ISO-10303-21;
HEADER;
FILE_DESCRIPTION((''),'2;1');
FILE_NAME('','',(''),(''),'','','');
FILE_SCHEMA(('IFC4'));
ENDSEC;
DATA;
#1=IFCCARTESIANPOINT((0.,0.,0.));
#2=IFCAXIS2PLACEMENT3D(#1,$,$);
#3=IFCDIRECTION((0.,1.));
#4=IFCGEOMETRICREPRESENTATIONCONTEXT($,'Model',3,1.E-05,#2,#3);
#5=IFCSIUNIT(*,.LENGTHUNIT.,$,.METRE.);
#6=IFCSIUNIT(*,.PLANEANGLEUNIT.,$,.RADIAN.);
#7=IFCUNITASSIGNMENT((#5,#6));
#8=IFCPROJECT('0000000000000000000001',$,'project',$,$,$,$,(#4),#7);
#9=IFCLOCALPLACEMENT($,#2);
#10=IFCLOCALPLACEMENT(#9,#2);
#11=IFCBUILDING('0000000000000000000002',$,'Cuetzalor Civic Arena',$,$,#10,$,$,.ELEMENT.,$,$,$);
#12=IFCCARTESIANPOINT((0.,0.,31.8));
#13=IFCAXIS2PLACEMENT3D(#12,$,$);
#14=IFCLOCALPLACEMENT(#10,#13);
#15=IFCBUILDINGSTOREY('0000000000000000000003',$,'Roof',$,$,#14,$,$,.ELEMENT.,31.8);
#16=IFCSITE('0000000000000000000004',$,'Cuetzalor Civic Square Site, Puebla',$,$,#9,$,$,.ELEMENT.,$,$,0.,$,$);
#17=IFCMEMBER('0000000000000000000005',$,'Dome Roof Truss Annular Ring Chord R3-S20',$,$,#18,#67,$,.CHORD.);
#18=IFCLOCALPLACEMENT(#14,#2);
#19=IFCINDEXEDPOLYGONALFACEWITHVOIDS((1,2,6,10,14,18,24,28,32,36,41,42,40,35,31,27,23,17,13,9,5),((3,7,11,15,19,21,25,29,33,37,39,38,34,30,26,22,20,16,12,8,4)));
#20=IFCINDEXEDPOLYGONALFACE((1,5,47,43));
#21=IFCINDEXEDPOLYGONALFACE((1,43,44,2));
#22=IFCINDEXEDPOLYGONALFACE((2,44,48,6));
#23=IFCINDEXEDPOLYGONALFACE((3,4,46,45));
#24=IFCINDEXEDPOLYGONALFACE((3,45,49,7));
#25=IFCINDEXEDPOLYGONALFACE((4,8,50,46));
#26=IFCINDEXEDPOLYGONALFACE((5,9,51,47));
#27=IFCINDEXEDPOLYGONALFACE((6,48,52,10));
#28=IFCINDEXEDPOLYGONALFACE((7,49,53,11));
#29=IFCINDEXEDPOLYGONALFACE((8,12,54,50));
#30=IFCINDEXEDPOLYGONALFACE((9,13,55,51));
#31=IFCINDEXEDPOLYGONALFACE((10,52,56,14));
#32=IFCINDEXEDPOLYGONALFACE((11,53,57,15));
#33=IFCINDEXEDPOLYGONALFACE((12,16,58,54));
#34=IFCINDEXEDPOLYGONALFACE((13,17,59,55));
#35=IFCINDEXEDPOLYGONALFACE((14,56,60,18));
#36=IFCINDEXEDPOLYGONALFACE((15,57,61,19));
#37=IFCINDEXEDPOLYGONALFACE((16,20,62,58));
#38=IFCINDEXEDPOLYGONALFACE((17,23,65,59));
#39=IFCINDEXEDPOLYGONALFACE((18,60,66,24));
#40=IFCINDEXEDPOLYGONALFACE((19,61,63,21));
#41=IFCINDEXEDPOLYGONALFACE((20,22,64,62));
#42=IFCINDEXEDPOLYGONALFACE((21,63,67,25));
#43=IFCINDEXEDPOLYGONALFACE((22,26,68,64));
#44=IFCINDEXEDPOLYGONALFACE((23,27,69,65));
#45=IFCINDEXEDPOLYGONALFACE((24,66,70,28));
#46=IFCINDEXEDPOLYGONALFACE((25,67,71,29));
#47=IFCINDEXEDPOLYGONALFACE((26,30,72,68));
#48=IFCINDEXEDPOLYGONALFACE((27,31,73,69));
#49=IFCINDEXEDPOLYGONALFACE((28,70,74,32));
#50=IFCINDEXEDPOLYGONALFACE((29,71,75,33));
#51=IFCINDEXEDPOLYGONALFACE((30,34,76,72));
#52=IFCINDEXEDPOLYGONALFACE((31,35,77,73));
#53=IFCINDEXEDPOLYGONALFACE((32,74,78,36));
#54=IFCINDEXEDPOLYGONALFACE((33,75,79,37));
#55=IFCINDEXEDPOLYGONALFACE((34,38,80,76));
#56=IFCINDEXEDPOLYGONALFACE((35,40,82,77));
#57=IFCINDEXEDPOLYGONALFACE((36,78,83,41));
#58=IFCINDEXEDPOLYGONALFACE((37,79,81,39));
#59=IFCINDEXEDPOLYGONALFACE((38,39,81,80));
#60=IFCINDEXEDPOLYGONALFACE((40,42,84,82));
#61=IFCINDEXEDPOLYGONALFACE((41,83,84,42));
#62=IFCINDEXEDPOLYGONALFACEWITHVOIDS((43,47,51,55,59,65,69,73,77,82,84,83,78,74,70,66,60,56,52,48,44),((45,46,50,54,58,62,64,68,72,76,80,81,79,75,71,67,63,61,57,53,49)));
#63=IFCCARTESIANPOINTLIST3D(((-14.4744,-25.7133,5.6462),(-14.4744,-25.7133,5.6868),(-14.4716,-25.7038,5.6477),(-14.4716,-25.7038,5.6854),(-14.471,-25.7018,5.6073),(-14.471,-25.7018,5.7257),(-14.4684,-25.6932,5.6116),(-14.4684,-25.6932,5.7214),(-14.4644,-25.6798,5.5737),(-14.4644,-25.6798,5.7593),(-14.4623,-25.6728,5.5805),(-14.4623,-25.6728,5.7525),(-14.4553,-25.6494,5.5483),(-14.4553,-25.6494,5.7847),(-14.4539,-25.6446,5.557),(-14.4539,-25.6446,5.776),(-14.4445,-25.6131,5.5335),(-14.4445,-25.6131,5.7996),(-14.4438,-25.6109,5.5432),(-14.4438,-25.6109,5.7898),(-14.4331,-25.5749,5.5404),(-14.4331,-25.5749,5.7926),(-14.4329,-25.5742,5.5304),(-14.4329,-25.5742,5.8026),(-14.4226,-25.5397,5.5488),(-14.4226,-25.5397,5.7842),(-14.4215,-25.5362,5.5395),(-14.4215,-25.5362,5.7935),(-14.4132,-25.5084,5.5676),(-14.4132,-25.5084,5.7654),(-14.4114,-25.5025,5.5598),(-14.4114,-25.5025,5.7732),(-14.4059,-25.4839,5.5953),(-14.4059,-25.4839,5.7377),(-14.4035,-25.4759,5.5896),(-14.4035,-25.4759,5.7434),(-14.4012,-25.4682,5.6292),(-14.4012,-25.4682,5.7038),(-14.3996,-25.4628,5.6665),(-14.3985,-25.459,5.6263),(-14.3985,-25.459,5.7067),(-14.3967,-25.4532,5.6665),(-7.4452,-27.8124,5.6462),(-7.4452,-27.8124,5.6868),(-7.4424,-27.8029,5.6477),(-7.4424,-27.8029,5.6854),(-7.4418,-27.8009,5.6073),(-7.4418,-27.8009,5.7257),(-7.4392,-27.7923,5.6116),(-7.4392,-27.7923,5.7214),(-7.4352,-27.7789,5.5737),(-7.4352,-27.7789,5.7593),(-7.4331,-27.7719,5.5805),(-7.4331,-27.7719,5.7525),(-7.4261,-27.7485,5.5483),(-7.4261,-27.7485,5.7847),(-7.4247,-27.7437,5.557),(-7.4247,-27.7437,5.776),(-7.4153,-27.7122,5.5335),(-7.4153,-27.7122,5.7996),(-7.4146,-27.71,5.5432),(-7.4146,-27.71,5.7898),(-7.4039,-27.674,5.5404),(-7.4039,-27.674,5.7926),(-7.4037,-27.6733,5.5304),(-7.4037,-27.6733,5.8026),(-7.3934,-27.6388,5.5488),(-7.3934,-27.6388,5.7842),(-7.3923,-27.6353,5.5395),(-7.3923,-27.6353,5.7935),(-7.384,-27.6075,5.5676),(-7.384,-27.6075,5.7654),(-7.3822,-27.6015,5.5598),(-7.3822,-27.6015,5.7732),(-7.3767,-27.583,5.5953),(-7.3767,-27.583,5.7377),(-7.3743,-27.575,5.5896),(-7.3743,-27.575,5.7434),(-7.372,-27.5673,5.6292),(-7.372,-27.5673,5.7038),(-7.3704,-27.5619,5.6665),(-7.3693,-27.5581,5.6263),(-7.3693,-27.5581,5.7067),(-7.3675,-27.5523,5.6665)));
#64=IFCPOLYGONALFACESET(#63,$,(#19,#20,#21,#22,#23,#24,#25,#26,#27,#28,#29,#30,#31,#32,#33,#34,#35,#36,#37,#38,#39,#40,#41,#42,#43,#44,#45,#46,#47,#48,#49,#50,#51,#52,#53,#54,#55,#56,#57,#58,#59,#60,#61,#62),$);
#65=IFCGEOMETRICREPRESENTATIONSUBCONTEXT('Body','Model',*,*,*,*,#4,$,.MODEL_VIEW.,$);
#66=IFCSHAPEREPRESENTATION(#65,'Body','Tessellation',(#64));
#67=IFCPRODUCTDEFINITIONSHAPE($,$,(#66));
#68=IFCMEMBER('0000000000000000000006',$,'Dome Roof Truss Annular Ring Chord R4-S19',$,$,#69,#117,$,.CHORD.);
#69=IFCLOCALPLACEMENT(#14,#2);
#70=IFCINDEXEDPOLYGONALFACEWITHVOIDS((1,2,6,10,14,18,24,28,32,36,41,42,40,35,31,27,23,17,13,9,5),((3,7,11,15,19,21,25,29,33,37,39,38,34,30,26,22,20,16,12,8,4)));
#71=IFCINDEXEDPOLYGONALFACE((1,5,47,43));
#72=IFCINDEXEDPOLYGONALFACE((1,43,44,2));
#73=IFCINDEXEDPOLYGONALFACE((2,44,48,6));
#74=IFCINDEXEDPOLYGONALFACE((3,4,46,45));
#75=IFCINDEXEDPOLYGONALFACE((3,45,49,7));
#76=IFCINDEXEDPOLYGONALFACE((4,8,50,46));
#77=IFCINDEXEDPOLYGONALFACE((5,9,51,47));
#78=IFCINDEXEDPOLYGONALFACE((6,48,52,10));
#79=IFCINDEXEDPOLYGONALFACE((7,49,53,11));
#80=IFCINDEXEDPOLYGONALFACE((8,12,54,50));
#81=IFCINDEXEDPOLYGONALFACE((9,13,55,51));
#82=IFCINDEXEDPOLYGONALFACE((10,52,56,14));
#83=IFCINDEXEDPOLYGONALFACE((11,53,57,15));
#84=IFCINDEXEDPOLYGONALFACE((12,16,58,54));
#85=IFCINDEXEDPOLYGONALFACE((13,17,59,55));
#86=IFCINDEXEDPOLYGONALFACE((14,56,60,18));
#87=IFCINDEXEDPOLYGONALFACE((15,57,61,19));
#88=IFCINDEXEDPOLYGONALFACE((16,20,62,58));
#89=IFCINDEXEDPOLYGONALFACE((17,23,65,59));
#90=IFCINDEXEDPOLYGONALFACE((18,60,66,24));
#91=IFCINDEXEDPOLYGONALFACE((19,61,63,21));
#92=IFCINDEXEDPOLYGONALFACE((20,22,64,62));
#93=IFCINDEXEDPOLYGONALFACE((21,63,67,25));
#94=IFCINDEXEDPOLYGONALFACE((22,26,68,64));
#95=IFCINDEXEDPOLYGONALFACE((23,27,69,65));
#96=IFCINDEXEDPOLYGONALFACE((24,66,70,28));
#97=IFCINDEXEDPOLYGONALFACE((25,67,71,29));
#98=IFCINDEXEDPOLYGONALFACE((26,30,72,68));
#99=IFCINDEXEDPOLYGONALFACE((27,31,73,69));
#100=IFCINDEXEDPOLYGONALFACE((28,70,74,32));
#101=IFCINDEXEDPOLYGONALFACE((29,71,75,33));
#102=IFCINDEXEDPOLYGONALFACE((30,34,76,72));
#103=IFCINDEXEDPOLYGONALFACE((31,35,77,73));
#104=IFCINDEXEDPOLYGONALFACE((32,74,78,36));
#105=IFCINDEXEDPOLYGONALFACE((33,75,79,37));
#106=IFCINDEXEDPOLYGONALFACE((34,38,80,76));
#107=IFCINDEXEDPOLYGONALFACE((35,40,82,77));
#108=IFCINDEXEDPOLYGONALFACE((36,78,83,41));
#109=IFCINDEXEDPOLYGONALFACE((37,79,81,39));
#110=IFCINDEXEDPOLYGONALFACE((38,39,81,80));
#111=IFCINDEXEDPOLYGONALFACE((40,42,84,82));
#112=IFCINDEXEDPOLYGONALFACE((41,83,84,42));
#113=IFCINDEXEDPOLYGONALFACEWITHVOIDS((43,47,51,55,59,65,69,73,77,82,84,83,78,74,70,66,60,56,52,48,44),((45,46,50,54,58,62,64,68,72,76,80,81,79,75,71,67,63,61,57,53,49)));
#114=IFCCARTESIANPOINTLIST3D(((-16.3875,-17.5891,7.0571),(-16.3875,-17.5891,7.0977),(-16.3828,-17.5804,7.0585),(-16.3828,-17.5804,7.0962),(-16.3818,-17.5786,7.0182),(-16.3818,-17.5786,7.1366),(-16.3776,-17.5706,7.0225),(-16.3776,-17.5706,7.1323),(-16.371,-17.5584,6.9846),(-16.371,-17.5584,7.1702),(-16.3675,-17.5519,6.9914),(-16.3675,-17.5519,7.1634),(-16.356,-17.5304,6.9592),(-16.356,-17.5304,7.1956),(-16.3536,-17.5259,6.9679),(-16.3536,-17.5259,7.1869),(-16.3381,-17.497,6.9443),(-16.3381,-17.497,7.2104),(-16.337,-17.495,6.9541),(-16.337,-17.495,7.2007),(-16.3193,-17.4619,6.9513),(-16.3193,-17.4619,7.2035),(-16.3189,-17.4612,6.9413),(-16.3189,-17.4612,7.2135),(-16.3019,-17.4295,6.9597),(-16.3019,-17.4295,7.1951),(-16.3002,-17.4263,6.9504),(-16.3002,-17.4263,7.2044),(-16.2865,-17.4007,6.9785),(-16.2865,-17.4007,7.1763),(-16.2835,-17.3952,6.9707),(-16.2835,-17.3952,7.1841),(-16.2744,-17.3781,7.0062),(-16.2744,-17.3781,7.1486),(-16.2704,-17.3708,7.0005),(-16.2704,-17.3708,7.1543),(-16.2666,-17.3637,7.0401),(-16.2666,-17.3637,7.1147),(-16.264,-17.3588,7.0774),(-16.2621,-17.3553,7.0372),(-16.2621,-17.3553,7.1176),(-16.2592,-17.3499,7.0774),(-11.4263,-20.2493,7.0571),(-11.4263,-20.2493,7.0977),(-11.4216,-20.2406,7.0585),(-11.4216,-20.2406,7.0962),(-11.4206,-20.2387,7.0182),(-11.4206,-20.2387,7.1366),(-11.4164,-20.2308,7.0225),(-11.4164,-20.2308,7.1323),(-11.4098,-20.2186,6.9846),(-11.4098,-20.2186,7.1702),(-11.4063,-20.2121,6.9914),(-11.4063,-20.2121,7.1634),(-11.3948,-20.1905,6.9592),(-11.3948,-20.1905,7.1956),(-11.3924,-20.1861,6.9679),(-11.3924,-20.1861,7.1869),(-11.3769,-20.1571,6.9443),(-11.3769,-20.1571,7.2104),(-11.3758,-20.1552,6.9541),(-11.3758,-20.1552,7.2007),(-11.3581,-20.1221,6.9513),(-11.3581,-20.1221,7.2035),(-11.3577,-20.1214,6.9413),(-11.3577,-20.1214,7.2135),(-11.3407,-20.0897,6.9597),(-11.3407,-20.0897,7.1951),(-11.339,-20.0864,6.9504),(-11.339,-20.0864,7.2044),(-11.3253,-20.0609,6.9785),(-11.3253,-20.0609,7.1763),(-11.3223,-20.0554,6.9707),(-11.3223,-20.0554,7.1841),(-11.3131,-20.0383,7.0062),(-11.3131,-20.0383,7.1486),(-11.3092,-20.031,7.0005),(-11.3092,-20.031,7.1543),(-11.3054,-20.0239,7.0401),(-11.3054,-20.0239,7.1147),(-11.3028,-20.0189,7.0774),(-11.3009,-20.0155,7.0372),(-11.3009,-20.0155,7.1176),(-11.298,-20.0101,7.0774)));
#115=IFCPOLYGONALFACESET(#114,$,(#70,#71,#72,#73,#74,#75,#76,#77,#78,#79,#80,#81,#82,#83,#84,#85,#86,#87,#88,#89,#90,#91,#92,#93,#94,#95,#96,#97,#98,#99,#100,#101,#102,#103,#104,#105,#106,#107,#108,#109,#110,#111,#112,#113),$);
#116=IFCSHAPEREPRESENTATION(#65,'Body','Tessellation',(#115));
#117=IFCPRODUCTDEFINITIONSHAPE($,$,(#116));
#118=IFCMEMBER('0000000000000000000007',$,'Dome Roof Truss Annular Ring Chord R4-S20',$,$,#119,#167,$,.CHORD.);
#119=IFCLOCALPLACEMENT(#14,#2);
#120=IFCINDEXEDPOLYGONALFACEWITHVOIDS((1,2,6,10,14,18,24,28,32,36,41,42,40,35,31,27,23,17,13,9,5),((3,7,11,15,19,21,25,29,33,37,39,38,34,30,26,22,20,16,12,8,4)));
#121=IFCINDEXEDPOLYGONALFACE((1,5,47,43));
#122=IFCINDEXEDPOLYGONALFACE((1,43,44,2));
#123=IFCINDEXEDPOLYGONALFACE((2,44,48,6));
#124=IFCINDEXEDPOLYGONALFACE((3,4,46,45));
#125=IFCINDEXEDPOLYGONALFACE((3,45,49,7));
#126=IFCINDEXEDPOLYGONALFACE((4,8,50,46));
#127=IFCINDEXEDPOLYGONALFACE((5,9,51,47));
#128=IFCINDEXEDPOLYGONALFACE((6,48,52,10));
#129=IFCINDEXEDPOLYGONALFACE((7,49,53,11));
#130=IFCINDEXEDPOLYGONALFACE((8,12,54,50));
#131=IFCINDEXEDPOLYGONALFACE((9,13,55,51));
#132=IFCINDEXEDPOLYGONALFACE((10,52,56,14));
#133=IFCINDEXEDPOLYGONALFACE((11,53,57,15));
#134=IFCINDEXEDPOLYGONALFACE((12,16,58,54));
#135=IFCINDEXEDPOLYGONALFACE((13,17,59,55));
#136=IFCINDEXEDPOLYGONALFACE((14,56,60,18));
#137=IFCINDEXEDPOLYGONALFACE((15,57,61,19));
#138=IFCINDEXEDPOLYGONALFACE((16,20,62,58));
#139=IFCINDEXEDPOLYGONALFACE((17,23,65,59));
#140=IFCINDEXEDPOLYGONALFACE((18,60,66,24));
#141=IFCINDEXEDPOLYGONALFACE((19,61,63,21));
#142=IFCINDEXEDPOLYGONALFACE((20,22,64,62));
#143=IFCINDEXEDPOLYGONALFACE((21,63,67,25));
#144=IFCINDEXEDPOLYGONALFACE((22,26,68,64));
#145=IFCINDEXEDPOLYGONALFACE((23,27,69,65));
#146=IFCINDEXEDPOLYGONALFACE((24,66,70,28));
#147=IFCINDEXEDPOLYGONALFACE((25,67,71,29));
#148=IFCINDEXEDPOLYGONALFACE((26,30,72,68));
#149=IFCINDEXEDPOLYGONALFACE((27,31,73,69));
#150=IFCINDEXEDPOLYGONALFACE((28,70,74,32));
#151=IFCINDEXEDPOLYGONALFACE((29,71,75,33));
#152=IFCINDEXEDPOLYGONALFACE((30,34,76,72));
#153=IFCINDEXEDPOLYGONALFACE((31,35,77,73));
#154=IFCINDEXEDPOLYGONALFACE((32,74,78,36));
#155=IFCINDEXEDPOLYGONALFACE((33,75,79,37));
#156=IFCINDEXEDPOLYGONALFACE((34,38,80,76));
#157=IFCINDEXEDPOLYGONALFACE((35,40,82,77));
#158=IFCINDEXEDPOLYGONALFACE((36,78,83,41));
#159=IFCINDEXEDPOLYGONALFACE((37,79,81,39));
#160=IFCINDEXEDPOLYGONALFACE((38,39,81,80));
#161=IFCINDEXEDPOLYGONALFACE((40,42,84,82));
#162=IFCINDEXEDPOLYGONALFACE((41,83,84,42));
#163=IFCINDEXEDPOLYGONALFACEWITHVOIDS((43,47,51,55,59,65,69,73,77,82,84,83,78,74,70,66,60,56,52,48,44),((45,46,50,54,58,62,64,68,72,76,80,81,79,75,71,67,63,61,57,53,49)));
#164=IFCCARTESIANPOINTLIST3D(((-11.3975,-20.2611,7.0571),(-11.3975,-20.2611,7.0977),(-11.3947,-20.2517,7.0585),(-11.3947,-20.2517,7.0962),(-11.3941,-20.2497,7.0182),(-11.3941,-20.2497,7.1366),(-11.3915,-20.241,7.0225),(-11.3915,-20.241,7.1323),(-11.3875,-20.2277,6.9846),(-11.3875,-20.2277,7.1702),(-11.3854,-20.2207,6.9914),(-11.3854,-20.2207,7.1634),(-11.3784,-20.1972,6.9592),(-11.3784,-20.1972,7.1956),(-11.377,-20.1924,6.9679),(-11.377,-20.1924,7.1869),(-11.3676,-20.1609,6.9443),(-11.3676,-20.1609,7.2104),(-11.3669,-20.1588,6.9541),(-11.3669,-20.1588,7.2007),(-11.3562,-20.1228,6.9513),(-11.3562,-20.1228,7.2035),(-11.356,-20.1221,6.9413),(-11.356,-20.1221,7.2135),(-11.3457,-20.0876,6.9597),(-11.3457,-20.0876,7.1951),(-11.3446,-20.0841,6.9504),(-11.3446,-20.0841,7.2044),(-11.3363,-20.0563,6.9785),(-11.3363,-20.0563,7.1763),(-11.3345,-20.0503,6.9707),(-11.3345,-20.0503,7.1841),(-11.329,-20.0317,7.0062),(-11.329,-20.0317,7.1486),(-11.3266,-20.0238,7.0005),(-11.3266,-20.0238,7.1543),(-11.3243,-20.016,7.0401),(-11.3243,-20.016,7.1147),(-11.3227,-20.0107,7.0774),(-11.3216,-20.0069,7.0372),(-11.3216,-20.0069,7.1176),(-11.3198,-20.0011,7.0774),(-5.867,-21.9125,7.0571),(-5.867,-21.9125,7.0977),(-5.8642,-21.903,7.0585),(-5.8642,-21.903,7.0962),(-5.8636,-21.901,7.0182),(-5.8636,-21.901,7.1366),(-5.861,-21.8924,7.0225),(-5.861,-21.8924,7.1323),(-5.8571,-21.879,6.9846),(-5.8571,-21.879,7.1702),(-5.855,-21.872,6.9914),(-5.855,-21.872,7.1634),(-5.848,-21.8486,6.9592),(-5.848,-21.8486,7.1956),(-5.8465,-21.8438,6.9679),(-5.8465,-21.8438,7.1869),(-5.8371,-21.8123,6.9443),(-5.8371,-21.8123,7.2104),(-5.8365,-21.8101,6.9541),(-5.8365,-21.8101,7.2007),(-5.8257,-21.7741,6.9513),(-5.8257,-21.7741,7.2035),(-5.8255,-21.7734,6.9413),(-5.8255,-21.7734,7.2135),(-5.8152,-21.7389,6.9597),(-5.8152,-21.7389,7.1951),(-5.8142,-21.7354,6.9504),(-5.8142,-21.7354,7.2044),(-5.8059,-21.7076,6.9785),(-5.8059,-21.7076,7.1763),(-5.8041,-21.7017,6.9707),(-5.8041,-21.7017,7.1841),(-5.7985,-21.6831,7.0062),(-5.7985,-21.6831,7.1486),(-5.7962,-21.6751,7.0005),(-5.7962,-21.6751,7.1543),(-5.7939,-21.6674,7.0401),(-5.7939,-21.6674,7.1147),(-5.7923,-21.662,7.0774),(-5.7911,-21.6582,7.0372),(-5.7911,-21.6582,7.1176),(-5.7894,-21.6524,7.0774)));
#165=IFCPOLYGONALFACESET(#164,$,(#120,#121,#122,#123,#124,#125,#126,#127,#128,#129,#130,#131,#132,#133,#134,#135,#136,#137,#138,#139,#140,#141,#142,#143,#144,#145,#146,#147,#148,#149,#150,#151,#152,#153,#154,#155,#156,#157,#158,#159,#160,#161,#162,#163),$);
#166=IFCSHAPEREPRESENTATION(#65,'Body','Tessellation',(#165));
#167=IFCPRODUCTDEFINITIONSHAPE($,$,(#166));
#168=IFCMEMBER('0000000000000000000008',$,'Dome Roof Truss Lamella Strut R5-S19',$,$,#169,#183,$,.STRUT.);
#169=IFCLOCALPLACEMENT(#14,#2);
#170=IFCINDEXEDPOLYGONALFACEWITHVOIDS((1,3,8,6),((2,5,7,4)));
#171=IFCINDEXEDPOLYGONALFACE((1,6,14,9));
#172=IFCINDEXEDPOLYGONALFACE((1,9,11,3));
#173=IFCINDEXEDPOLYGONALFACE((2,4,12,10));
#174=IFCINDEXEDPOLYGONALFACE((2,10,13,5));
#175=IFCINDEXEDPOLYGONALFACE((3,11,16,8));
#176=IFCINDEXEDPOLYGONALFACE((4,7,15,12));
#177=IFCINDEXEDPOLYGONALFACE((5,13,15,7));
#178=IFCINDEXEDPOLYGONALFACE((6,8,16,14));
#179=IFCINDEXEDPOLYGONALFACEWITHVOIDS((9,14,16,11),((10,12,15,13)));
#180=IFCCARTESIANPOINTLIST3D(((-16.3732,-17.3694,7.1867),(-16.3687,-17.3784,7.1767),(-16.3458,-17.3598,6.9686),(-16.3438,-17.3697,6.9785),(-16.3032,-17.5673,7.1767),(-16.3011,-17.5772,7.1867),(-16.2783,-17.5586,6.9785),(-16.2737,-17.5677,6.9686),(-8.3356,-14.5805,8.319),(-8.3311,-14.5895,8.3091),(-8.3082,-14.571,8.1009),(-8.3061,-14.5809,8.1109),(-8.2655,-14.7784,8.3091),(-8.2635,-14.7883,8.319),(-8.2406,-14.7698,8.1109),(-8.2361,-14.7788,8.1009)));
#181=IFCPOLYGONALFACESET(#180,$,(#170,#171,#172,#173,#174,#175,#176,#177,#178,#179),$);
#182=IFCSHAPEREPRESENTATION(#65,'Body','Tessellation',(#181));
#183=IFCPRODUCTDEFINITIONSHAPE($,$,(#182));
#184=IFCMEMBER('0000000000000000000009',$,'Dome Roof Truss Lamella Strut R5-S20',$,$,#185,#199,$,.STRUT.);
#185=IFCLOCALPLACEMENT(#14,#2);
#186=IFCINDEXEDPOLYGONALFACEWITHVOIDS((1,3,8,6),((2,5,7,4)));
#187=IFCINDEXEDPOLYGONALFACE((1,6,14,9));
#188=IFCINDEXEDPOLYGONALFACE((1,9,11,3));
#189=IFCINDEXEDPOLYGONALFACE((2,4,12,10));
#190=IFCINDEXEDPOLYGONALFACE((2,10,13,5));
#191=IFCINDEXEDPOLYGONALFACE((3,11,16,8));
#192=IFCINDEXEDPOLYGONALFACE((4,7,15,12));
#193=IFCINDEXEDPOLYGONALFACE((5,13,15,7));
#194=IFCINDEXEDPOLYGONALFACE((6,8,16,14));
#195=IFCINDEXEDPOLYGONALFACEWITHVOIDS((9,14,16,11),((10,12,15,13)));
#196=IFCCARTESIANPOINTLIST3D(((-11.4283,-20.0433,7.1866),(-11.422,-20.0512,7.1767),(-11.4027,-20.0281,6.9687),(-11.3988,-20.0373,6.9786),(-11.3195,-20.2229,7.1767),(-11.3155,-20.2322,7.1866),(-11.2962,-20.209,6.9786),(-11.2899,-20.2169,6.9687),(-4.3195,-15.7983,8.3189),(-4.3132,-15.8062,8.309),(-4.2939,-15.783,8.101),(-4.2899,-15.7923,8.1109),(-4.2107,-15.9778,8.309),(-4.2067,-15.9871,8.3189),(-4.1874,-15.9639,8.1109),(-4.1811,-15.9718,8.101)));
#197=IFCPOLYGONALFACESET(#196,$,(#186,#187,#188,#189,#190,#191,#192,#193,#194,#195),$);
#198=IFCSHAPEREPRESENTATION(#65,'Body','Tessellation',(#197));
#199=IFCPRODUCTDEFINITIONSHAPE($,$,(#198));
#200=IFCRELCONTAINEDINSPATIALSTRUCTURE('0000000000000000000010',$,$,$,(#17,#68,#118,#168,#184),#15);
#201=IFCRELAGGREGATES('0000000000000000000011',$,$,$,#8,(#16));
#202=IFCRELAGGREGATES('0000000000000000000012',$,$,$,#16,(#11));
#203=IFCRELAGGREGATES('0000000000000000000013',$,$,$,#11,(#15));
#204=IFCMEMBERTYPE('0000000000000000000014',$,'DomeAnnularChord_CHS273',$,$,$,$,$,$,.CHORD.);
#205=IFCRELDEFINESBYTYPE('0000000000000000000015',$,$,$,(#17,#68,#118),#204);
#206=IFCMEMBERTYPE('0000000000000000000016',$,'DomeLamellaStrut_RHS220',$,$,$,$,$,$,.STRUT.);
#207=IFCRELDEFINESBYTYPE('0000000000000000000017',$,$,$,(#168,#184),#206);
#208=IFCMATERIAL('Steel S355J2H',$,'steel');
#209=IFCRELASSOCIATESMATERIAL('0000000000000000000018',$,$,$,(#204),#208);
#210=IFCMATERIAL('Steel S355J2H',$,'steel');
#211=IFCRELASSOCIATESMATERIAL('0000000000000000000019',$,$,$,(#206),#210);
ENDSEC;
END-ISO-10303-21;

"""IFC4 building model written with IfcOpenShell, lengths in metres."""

from ifc_helpers import new_model, si_unit, direction, frame, origin, origin_2d, place, context, subcontext, project, spatial, hollow_rectangle, hollow_circle, extrude, material, material_profile, profile_set, type_object, element, save


model = new_model("IFC4")

# Units and contexts
model_context = context("Model", 3, precision=1e-05, world=origin(), true_north=direction((0.0, 1.0)))
body_context = subcontext(model_context, "Body", "Model", "MODEL_VIEW")
ifc_project = project(units=[si_unit("LENGTHUNIT", "METRE"), si_unit("PLANEANGLEUNIT", "RADIAN")], contexts=[model_context])

# Site, building, storey
site_placement = place(None, origin())
site = spatial("IfcSite", under=ifc_project, at=site_placement, Name="Cuetzalor Civic Square Site, Puebla", CompositionType="ELEMENT", RefElevation=0.0)
building_placement = place(site_placement, origin())
building = spatial("IfcBuilding", under=site, at=building_placement, Name="Cuetzalor Civic Arena", CompositionType="ELEMENT")
storey_placement = place(building_placement, frame((0.0, 0.0, 31.8)))
storey = spatial("IfcBuildingStorey", under=building, at=storey_placement, Name="Roof", CompositionType="ELEMENT", Elevation=31.8)

# Members
ifc_material_1 = material(Name="Steel S355J2H", Category="steel")
ifc_material_profile_1 = material_profile(ifc_material_1, hollow_circle(Radius=0.1365, WallThickness=0.01, at=origin_2d()), Name="CHS 273x10")
ifc_profile_set_1 = profile_set([ifc_material_profile_1], Name="Steel S355J2H")
member_type_1 = type_object("IfcMemberType", Name="DomeAnnularChord_CHS273", PredefinedType="CHORD", material=ifc_profile_set_1)
member_1_placement = place(storey_placement, frame((-14.4358, -25.584, 5.6665), z_axis=(0.958188, -0.286139, 0.0), x_axis=(0.286139, 0.958188, 0.0)))
element("IfcMember", 1, at=member_1_placement, inside=storey, type_object=member_type_1, Name="Dome Roof Truss Annular Ring Chord R3-S20", PredefinedType="CHORD", context=body_context, shape_type="SweptSolid", body=[
    extrude(hollow_circle(Radius=0.1365, WallThickness=0.01, at=origin_2d()), origin(), (0.0, 0.0, 1.0), 7.3359),
])
member_2_placement = place(storey_placement, frame((-16.3237, -17.4702, 7.0774), z_axis=(0.881304, -0.47255, 0.0), x_axis=(0.47255, 0.881304, 0.0)))
element("IfcMember", 2, at=member_2_placement, inside=storey, type_object=member_type_1, Name="Dome Roof Truss Annular Ring Chord R4-S19", PredefinedType="CHORD", context=body_context, shape_type="SweptSolid", body=[
    extrude(hollow_circle(Radius=0.1365, WallThickness=0.01, at=origin_2d()), origin(), (0.0, 0.0, 1.0), 5.6294),
])
member_3_placement = place(storey_placement, frame((-11.3589, -20.1318, 7.0774), z_axis=(0.958197, -0.28611, 0.0), x_axis=(0.28611, 0.958197, 0.0)))
element("IfcMember", 3, at=member_3_placement, inside=storey, type_object=member_type_1, Name="Dome Roof Truss Annular Ring Chord R4-S20", PredefinedType="CHORD", context=body_context, shape_type="SweptSolid", body=[
    extrude(hollow_circle(Radius=0.1365, WallThickness=0.01, at=origin_2d()), origin(), (0.0, 0.0, 1.0), 5.7717),
])
ifc_material_2 = material(Name="Steel S355J2H", Category="steel")
ifc_material_profile_2 = material_profile(ifc_material_2, hollow_rectangle(XDim=0.22, YDim=0.22, WallThickness=0.01, at=origin_2d()), Name="RHS 220x220x10")
ifc_profile_set_2 = profile_set([ifc_material_profile_2], Name="Steel S355J2H")
member_type_2 = type_object("IfcMemberType", Name="DomeLamellaStrut_RHS220", PredefinedType="STRUT", material=ifc_profile_set_2)
member_4_placement = place(storey_placement, frame((-16.3235, -17.4685, 7.0776), z_axis=(0.936489, 0.324935, 0.131931), x_axis=(-0.3278, 0.944747, 0.0)))
element("IfcMember", 4, at=member_4_placement, inside=storey, type_object=member_type_2, Name="Dome Roof Truss Lamella Strut R5-S19", PredefinedType="STRUT", context=body_context, shape_type="SweptSolid", body=[
    extrude(hollow_rectangle(XDim=0.22, YDim=0.22, WallThickness=0.01, at=origin_2d()), origin(), (0.0, 0.0, 1.0), 8.5828),
])
member_5_placement = place(storey_placement, frame((-11.3591, -20.1301, 7.0776), z_axis=(0.850651, 0.507971, 0.135494), x_axis=(-0.512699, 0.858568, 0.0)))
element("IfcMember", 5, at=member_5_placement, inside=storey, type_object=member_type_2, Name="Dome Roof Truss Lamella Strut R5-S20", PredefinedType="STRUT", context=body_context, shape_type="SweptSolid", body=[
    extrude(hollow_rectangle(XDim=0.22, YDim=0.22, WallThickness=0.01, at=origin_2d()), origin(), (0.0, 0.0, 1.0), 8.3569),
])

save(model, "model.ifc")
